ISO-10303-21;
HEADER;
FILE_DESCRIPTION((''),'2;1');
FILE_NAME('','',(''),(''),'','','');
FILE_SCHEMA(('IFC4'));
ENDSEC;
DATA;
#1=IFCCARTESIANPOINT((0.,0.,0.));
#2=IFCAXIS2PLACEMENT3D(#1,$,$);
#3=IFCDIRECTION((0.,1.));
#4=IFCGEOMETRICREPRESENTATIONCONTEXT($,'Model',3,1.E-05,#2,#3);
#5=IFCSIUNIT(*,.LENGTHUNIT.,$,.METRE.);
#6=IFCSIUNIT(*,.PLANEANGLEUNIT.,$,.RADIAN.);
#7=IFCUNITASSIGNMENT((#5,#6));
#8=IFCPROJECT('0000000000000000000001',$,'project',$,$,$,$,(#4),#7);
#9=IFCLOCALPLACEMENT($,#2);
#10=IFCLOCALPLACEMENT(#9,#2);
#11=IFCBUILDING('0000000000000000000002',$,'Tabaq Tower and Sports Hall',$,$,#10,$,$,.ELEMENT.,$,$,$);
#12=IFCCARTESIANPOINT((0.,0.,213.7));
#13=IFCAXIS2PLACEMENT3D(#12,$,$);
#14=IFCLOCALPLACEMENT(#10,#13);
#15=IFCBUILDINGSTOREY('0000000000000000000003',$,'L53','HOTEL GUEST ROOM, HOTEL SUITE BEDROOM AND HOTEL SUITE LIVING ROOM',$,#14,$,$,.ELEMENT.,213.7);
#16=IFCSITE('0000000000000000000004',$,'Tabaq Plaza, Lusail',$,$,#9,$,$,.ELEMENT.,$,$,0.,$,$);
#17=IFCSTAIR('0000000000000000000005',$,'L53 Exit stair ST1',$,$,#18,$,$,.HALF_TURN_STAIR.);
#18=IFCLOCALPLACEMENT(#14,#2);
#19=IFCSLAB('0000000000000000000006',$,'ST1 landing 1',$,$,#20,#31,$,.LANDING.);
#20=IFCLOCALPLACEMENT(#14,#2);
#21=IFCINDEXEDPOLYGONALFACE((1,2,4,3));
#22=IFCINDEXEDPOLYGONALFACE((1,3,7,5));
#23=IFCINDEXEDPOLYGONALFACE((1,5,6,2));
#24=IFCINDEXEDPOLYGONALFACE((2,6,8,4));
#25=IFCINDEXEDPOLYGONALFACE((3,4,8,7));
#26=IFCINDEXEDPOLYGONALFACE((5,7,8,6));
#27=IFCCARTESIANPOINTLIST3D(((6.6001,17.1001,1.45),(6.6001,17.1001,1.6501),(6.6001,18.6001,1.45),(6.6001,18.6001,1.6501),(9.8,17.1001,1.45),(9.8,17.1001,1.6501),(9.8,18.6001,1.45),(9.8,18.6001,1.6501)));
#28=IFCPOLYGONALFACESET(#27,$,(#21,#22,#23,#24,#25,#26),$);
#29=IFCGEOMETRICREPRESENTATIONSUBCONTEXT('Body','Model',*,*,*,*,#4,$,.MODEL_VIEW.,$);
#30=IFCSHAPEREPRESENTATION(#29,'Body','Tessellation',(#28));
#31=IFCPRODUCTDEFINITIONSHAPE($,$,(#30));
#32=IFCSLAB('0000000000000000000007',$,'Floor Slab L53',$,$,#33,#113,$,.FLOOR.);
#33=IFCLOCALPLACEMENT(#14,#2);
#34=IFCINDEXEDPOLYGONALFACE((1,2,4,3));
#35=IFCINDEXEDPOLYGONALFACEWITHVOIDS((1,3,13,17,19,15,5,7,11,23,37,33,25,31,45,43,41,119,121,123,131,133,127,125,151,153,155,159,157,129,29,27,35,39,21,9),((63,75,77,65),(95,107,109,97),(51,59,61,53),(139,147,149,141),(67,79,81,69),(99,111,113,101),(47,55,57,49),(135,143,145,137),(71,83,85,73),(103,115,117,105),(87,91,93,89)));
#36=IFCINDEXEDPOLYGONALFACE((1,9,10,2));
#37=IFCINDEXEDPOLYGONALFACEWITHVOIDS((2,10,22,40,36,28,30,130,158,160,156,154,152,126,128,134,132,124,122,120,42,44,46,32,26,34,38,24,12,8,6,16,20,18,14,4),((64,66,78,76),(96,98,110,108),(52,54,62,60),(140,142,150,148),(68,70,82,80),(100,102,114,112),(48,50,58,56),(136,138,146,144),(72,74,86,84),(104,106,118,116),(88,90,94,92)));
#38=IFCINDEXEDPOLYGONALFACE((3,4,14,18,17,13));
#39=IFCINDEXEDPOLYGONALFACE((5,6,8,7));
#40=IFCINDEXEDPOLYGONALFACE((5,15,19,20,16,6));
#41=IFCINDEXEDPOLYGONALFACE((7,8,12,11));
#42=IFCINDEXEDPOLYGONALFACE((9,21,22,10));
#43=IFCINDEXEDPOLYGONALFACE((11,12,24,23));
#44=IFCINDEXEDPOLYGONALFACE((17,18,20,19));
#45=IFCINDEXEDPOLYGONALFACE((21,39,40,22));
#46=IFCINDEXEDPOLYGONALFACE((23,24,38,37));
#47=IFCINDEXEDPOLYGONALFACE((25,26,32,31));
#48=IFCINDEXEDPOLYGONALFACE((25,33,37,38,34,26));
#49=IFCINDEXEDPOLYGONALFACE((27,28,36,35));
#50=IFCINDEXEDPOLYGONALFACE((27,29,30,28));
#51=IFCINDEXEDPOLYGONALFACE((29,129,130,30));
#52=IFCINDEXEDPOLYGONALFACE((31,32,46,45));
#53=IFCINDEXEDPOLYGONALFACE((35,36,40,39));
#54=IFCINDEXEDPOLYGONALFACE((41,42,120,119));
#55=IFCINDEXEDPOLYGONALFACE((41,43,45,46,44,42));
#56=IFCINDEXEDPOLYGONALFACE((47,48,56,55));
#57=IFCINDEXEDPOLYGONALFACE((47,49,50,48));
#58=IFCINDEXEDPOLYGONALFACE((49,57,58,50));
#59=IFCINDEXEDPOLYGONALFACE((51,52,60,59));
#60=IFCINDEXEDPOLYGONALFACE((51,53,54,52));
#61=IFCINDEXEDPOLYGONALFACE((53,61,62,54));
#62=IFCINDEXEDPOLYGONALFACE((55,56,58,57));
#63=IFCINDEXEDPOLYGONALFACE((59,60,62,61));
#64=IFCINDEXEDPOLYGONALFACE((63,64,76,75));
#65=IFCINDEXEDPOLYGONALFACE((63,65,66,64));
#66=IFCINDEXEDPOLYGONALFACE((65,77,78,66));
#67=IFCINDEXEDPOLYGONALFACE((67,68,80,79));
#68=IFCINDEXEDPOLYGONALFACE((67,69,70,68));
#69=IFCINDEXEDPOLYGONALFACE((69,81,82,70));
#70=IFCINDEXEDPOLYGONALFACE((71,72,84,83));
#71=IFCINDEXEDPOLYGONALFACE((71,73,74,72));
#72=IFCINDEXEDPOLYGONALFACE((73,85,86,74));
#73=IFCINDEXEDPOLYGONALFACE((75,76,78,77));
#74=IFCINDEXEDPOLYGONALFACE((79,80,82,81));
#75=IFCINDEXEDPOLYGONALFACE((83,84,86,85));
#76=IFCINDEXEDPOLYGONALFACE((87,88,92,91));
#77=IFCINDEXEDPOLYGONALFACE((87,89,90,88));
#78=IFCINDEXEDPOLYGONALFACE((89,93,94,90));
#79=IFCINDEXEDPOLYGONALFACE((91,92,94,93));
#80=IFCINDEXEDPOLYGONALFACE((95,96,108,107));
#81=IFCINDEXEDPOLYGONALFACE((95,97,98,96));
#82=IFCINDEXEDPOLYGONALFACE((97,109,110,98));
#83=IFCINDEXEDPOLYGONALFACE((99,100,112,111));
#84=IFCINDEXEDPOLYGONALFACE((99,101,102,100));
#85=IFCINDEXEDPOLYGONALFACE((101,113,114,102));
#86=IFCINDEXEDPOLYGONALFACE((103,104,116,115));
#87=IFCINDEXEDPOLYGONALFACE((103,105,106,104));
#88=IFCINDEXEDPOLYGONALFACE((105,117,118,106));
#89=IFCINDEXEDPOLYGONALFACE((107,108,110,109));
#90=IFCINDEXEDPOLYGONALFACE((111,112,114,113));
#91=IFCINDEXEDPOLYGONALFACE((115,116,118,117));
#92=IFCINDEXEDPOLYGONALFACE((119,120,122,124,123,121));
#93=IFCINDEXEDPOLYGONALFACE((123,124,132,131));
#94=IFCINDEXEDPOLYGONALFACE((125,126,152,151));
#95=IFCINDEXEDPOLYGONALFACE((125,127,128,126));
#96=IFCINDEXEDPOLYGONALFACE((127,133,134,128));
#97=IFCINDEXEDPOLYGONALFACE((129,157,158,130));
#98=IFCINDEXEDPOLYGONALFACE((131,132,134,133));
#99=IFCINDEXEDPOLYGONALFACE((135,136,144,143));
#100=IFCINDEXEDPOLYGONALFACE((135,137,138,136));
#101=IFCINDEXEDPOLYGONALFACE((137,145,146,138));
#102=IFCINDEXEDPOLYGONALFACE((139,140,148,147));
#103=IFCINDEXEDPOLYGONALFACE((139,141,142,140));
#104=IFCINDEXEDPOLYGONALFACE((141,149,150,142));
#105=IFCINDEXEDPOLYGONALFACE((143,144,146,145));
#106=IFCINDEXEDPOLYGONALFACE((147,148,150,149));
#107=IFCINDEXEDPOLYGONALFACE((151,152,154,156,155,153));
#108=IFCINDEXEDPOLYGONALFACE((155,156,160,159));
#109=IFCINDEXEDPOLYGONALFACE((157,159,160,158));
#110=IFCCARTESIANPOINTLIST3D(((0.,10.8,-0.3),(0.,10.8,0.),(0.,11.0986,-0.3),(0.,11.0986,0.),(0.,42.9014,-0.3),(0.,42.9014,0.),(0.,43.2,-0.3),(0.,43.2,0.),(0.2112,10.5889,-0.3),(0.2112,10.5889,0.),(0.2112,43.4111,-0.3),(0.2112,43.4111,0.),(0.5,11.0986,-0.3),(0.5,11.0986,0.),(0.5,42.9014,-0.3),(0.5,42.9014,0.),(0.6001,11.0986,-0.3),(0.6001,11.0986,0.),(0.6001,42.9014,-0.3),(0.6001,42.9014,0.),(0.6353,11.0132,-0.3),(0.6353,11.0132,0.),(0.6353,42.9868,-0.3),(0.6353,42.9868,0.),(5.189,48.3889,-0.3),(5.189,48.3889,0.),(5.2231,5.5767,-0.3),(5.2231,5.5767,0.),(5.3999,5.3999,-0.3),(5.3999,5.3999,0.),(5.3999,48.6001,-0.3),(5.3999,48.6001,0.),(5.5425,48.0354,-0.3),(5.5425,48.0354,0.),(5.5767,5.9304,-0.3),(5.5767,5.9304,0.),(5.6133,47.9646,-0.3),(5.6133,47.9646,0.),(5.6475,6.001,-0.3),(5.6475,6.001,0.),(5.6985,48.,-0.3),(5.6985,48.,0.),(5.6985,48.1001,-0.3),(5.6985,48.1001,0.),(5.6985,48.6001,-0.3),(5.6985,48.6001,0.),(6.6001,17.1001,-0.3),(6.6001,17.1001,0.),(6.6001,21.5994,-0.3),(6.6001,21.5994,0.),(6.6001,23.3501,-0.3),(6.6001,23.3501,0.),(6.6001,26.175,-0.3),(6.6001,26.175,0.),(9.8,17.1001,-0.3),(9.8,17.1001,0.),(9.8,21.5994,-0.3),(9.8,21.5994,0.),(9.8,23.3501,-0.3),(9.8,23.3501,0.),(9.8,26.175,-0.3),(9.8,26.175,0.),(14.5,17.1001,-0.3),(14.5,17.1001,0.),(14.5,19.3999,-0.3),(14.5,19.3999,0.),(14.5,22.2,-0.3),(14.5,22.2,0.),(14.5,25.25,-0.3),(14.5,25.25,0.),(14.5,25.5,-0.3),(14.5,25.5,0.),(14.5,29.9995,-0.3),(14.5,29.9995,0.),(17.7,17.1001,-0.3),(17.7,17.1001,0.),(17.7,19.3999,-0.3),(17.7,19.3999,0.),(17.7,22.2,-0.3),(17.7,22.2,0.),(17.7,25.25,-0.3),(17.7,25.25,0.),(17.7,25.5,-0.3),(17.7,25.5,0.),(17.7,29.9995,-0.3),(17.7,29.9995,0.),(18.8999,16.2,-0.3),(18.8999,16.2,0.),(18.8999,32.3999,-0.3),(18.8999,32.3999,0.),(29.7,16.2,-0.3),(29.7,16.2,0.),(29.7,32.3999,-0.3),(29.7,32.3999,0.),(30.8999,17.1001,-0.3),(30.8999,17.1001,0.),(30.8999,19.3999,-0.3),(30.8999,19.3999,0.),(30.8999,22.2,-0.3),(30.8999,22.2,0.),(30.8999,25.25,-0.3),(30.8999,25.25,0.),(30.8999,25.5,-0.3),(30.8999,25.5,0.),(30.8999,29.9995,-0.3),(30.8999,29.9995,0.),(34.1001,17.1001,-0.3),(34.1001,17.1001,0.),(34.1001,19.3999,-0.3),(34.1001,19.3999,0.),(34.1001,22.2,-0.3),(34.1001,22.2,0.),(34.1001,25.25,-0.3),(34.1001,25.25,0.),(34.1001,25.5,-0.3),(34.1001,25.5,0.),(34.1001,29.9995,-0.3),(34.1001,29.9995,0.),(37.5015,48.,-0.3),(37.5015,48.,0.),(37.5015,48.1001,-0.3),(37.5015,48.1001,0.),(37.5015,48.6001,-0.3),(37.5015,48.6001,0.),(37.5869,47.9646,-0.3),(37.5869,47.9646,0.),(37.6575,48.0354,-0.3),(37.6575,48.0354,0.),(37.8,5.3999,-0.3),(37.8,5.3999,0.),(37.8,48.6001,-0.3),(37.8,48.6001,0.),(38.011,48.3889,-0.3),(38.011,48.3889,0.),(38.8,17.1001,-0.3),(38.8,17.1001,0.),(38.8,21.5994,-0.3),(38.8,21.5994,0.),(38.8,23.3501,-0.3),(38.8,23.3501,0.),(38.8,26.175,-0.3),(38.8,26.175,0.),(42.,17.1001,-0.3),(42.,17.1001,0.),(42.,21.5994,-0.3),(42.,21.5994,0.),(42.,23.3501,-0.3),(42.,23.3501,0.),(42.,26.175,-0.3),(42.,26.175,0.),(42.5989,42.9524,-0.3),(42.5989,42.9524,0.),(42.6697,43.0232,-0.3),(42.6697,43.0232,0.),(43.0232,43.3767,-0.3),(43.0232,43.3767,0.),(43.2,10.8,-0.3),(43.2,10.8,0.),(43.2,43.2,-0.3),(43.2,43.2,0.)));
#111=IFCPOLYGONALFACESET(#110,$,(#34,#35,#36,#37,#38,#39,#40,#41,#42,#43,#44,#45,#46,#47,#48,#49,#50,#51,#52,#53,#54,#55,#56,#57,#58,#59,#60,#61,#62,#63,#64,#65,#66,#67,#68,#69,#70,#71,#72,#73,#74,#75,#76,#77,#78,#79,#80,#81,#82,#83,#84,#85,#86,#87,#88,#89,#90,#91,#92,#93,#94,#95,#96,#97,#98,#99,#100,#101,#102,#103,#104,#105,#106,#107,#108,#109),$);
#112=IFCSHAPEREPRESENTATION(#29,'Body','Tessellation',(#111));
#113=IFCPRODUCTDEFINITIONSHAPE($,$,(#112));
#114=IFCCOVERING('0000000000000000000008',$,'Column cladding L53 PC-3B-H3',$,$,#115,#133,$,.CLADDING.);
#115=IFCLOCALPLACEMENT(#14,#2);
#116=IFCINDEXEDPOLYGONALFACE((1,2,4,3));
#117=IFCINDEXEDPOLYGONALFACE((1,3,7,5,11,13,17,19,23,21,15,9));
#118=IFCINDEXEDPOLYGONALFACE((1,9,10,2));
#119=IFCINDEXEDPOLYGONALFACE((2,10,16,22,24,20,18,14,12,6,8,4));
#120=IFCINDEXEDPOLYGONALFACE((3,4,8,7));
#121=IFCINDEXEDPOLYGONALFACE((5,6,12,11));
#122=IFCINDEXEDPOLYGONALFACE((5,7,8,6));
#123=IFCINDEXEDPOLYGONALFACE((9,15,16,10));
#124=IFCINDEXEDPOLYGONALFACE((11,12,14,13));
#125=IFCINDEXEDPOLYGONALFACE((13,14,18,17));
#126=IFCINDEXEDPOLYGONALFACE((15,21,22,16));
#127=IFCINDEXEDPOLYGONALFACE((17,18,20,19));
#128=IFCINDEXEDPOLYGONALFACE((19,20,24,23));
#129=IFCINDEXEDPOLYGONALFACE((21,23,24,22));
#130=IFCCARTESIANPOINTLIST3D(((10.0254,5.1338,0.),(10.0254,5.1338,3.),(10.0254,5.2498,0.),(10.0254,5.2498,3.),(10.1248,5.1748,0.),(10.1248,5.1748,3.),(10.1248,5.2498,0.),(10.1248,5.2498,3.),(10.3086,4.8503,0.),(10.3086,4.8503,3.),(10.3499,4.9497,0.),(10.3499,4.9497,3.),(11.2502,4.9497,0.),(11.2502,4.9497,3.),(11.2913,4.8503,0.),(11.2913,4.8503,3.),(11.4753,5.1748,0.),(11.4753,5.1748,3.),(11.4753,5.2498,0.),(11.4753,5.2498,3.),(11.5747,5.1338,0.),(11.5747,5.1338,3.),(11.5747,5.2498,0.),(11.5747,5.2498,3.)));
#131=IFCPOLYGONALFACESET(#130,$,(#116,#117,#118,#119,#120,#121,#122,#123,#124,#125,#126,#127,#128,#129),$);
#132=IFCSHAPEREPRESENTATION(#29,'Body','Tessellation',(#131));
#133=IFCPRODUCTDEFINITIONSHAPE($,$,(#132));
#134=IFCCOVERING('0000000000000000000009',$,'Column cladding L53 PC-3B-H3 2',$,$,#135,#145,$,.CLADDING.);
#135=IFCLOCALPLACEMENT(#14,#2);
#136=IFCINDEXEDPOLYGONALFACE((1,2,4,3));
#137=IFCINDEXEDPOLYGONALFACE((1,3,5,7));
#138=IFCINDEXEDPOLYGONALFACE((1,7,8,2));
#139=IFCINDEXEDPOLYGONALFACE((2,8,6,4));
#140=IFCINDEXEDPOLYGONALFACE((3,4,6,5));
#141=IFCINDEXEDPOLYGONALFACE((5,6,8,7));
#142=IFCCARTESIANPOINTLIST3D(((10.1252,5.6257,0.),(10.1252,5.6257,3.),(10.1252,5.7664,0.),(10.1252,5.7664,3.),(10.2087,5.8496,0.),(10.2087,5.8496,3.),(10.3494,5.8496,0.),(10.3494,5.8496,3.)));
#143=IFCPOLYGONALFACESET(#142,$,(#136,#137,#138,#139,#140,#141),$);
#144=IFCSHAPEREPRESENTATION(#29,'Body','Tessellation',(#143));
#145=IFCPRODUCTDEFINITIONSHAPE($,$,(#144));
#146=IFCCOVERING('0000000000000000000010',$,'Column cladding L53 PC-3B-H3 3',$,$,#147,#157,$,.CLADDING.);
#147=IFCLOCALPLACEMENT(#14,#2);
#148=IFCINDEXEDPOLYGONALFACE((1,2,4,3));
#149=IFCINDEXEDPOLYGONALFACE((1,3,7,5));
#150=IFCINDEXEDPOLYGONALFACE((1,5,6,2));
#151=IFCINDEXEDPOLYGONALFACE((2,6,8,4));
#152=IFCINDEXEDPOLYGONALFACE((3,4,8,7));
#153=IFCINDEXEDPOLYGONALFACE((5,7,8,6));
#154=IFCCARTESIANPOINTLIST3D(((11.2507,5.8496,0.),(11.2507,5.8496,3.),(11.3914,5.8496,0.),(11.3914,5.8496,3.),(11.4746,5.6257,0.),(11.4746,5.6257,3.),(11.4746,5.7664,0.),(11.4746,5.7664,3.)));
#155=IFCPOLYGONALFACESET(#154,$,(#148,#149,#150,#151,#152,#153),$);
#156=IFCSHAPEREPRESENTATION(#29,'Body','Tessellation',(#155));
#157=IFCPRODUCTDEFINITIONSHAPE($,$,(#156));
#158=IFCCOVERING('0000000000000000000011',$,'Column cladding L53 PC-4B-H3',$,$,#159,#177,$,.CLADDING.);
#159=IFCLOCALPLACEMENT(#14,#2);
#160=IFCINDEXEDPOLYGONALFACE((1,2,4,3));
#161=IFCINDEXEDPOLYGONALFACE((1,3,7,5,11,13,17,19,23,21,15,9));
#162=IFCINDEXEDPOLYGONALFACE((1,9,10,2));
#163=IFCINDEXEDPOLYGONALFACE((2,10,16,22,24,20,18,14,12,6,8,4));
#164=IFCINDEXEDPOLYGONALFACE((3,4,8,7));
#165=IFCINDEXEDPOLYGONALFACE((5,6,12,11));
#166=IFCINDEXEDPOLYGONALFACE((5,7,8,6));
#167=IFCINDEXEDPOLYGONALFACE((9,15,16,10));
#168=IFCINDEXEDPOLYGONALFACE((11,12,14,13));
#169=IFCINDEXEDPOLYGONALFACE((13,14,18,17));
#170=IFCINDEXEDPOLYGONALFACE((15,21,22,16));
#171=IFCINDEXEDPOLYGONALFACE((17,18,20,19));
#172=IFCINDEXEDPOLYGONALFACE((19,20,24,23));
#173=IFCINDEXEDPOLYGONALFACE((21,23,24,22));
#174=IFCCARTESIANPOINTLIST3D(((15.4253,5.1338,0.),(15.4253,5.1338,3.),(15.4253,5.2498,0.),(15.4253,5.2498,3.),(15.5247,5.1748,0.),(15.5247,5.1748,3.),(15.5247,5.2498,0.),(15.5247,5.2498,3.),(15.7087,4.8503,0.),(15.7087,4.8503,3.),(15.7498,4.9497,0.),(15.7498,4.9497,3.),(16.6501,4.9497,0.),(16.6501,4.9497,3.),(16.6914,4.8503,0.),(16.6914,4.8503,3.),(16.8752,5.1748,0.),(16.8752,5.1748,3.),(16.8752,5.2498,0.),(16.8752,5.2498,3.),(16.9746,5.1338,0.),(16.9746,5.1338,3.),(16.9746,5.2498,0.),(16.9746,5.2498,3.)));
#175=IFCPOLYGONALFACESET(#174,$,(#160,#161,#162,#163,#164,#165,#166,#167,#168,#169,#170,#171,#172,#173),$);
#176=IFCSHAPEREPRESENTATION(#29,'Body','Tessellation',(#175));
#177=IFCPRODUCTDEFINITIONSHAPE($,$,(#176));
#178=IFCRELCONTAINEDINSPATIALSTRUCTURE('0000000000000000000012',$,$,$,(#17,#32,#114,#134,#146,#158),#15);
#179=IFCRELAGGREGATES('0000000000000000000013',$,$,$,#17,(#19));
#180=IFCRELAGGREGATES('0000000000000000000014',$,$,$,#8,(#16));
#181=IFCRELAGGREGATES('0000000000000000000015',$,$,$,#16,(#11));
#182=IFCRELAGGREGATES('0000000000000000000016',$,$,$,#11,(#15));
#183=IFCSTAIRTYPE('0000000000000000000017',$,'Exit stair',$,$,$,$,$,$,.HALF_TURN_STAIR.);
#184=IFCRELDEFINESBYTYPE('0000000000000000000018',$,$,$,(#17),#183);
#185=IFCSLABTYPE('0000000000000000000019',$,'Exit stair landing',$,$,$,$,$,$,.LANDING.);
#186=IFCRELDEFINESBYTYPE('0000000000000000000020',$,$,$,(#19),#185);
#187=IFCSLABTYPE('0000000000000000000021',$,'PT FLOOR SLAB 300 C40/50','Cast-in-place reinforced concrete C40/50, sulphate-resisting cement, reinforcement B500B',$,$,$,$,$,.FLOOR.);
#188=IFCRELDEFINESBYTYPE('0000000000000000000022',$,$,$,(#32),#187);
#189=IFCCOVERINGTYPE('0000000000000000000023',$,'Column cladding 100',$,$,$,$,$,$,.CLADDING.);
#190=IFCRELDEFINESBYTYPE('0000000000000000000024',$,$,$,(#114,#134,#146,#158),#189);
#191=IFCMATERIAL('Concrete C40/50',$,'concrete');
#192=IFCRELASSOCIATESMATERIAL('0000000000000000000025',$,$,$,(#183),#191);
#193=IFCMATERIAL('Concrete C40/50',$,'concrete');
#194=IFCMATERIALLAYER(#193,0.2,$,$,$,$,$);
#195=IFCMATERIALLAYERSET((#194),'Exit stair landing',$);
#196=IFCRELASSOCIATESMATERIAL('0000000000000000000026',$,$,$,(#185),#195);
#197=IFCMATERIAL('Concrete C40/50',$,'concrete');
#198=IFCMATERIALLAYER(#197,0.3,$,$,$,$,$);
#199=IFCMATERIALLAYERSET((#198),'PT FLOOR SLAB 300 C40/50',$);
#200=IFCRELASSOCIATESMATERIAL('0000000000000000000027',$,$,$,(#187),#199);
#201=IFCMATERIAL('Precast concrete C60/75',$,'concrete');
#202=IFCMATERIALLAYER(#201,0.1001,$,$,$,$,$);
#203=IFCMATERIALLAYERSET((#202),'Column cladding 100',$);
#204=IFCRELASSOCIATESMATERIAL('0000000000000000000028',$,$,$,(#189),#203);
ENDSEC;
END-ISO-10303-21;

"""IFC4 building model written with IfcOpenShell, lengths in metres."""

from ifc_helpers import new_model, si_unit, direction, frame, origin, place, context, subcontext, project, spatial, polyline, outline, extrude, material, layer, layer_set, type_object, element, aggregate, save


model = new_model("IFC4")

# Units and contexts
model_context = context("Model", 3, precision=1e-05, world=origin(), true_north=direction((0.0, 1.0)))
body_context = subcontext(model_context, "Body", "Model", "MODEL_VIEW")
ifc_project = project(units=[si_unit("LENGTHUNIT", "METRE"), si_unit("PLANEANGLEUNIT", "RADIAN")], contexts=[model_context])

# Site, building, storey
site_placement = place(None, origin())
site = spatial("IfcSite", under=ifc_project, at=site_placement, Name="Tabaq Plaza, Lusail", CompositionType="ELEMENT", RefElevation=0.0)
building_placement = place(site_placement, origin())
building = spatial("IfcBuilding", under=site, at=building_placement, Name="Tabaq Tower and Sports Hall", CompositionType="ELEMENT")
storey_placement = place(building_placement, frame((0.0, 0.0, 213.7)))
storey = spatial("IfcBuildingStorey", under=building, at=storey_placement, Name="L53", Description="HOTEL GUEST ROOM, HOTEL SUITE BEDROOM AND HOTEL SUITE LIVING ROOM", CompositionType="ELEMENT", Elevation=213.7)

# Stair, slab
ifc_material_1 = material(Name="Concrete C40/50", Category="concrete")
stair_type = type_object("IfcStairType", Name="Exit stair", PredefinedType="HALF_TURN_STAIR", material=ifc_material_1)
stair_placement = place(storey_placement, origin())
stair = element("IfcStair", 1, at=stair_placement, inside=storey, type_object=stair_type, Name="L53 Exit stair ST1", PredefinedType="HALF_TURN_STAIR")
ifc_material_2 = material(Name="Concrete C40/50", Category="concrete")
ifc_layer_1 = layer(ifc_material_2, 0.2)
ifc_layer_set_1 = layer_set([ifc_layer_1], Name="Exit stair landing")
slab_type_1 = type_object("IfcSlabType", Name="Exit stair landing", PredefinedType="LANDING", material=ifc_layer_set_1)
slab_1_placement = place(storey_placement, frame((0.0, 0.0, 1.45)))
slab_1 = element("IfcSlab", 2, at=slab_1_placement, type_object=slab_type_1, Name="ST1 landing 1", PredefinedType="LANDING", context=body_context, shape_type="SweptSolid", body=[
    extrude(outline(polyline([(6.6001, 18.6001), (6.6001, 17.1001), (9.8, 17.1001), (9.8, 18.6001), (6.6001, 18.6001)])), origin(), (0.0, 0.0, 1.0), 0.2002),
])
aggregate(stair, [slab_1])

# Slab
ifc_material_3 = material(Name="Concrete C40/50", Category="concrete")
ifc_layer_2 = layer(ifc_material_3, 0.3)
ifc_layer_set_2 = layer_set([ifc_layer_2], Name="PT FLOOR SLAB 300 C40/50")
slab_type_2 = type_object("IfcSlabType", Name="PT FLOOR SLAB 300 C40/50", Description="Cast-in-place reinforced concrete C40/50, sulphate-resisting cement, reinforcement B500B", PredefinedType="FLOOR", material=ifc_layer_set_2)
slab_2_placement = place(storey_placement, frame((0.0, 0.0, -0.3)))
element("IfcSlab", 3, at=slab_2_placement, inside=storey, type_object=slab_type_2, Name="Floor Slab L53", PredefinedType="FLOOR", context=body_context, shape_type="SweptSolid", body=[
    extrude(outline(polyline([(0.0, 11.0986), (0.0, 10.8), (0.2112, 10.5889), (0.6353, 11.0132), (5.6475, 6.001), (5.5767, 5.9304), (5.2231, 5.5767), (5.3999, 5.3999), (37.8, 5.3999), (43.2, 10.8), (43.2, 43.2), (43.0232, 43.3767), (42.6697, 43.0232), (42.5989, 42.9524), (37.5869, 47.9646), (37.6575, 48.0354), (38.011, 48.3889), (37.8, 48.6001), (37.5015, 48.6001), (37.5015, 48.1001), (37.5015, 48.0), (5.6985, 48.0), (5.6985, 48.1001), (5.6985, 48.6001), (5.3999, 48.6001), (5.189, 48.3889), (5.5425, 48.0354), (5.6133, 47.9646), (0.6353, 42.9868), (0.2112, 43.4111), (0.0, 43.2), (0.0, 42.9014), (0.5, 42.9014), (0.6001, 42.9014), (0.6001, 11.0986), (0.5, 11.0986), (0.0, 11.0986)]), holes=[polyline([(14.5, 19.3999), (17.7, 19.3999), (17.7, 17.1001), (14.5, 17.1001), (14.5, 19.3999)]), polyline([(6.6001, 21.5994), (9.8, 21.5994), (9.8, 17.1001), (6.6001, 17.1001), (6.6001, 21.5994)]), polyline([(14.5, 25.25), (17.7, 25.25), (17.7, 22.2), (14.5, 22.2), (14.5, 25.25)]), polyline([(18.8999, 32.3999), (29.7, 32.3999), (29.7, 16.2), (18.8999, 16.2), (18.8999, 32.3999)]), polyline([(9.8, 26.175), (9.8, 23.3501), (6.6001, 23.3501), (6.6001, 26.175), (9.8, 26.175)]), polyline([(14.5, 29.9995), (17.7, 29.9995), (17.7, 25.5), (14.5, 25.5), (14.5, 29.9995)]), polyline([(34.1001, 19.3999), (34.1001, 17.1001), (30.8999, 17.1001), (30.8999, 19.3999), (34.1001, 19.3999)]), polyline([(42.0, 21.5994), (42.0, 17.1001), (38.8, 17.1001), (38.8, 21.5994), (42.0, 21.5994)]), polyline([(30.8999, 25.25), (34.1001, 25.25), (34.1001, 22.2), (30.8999, 22.2), (30.8999, 25.25)]), polyline([(42.0, 26.175), (42.0, 23.3501), (38.8, 23.3501), (38.8, 26.175), (42.0, 26.175)]), polyline([(34.1001, 29.9995), (34.1001, 25.5), (30.8999, 25.5), (30.8999, 29.9995), (34.1001, 29.9995)])]), origin(), (0.0, 0.0, 1.0), 0.3),
])

# Coverings
ifc_material_4 = material(Name="Precast concrete C60/75", Category="concrete")
ifc_layer_3 = layer(ifc_material_4, 0.1001)
ifc_layer_set_3 = layer_set([ifc_layer_3], Name="Column cladding 100")
covering_type = type_object("IfcCoveringType", Name="Column cladding 100", PredefinedType="CLADDING", material=ifc_layer_set_3)
covering_1_placement = place(storey_placement, origin())
element("IfcCovering", 4, at=covering_1_placement, inside=storey, type_object=covering_type, Name="Column cladding L53 PC-3B-H3", PredefinedType="CLADDING", context=body_context, shape_type="SweptSolid", body=[
    extrude(outline(polyline([(10.0254, 5.2498), (10.1248, 5.2498), (10.1248, 5.1748), (10.3499, 4.9497), (11.2502, 4.9497), (11.4753, 5.1748), (11.4753, 5.2498), (11.5747, 5.2498), (11.5747, 5.1338), (11.2913, 4.8503), (10.3086, 4.8503), (10.0254, 5.1338), (10.0254, 5.2498)])), origin(), (0.0, 0.0, 1.0), 3.0),
])
covering_2_placement = place(storey_placement, origin())
element("IfcCovering", 5, at=covering_2_placement, inside=storey, type_object=covering_type, Name="Column cladding L53 PC-3B-H3 2", PredefinedType="CLADDING", context=body_context, shape_type="SweptSolid", body=[
    extrude(outline(polyline([(10.2087, 5.8496), (10.3494, 5.8496), (10.1252, 5.6257), (10.1252, 5.7664), (10.2087, 5.8496)])), origin(), (0.0, 0.0, 1.0), 3.0),
])
covering_3_placement = place(storey_placement, origin())
element("IfcCovering", 6, at=covering_3_placement, inside=storey, type_object=covering_type, Name="Column cladding L53 PC-3B-H3 3", PredefinedType="CLADDING", context=body_context, shape_type="SweptSolid", body=[
    extrude(outline(polyline([(11.4746, 5.7664), (11.4746, 5.6257), (11.2507, 5.8496), (11.3914, 5.8496), (11.4746, 5.7664)])), origin(), (0.0, 0.0, 1.0), 3.0),
])
covering_4_placement = place(storey_placement, origin())
element("IfcCovering", 7, at=covering_4_placement, inside=storey, type_object=covering_type, Name="Column cladding L53 PC-4B-H3", PredefinedType="CLADDING", context=body_context, shape_type="SweptSolid", body=[
    extrude(outline(polyline([(15.4253, 5.2498), (15.5247, 5.2498), (15.5247, 5.1748), (15.7498, 4.9497), (16.6501, 4.9497), (16.8752, 5.1748), (16.8752, 5.2498), (16.9746, 5.2498), (16.9746, 5.1338), (16.6914, 4.8503), (15.7087, 4.8503), (15.4253, 5.1338), (15.4253, 5.2498)])), origin(), (0.0, 0.0, 1.0), 3.0),
])

save(model, "model.ifc")
